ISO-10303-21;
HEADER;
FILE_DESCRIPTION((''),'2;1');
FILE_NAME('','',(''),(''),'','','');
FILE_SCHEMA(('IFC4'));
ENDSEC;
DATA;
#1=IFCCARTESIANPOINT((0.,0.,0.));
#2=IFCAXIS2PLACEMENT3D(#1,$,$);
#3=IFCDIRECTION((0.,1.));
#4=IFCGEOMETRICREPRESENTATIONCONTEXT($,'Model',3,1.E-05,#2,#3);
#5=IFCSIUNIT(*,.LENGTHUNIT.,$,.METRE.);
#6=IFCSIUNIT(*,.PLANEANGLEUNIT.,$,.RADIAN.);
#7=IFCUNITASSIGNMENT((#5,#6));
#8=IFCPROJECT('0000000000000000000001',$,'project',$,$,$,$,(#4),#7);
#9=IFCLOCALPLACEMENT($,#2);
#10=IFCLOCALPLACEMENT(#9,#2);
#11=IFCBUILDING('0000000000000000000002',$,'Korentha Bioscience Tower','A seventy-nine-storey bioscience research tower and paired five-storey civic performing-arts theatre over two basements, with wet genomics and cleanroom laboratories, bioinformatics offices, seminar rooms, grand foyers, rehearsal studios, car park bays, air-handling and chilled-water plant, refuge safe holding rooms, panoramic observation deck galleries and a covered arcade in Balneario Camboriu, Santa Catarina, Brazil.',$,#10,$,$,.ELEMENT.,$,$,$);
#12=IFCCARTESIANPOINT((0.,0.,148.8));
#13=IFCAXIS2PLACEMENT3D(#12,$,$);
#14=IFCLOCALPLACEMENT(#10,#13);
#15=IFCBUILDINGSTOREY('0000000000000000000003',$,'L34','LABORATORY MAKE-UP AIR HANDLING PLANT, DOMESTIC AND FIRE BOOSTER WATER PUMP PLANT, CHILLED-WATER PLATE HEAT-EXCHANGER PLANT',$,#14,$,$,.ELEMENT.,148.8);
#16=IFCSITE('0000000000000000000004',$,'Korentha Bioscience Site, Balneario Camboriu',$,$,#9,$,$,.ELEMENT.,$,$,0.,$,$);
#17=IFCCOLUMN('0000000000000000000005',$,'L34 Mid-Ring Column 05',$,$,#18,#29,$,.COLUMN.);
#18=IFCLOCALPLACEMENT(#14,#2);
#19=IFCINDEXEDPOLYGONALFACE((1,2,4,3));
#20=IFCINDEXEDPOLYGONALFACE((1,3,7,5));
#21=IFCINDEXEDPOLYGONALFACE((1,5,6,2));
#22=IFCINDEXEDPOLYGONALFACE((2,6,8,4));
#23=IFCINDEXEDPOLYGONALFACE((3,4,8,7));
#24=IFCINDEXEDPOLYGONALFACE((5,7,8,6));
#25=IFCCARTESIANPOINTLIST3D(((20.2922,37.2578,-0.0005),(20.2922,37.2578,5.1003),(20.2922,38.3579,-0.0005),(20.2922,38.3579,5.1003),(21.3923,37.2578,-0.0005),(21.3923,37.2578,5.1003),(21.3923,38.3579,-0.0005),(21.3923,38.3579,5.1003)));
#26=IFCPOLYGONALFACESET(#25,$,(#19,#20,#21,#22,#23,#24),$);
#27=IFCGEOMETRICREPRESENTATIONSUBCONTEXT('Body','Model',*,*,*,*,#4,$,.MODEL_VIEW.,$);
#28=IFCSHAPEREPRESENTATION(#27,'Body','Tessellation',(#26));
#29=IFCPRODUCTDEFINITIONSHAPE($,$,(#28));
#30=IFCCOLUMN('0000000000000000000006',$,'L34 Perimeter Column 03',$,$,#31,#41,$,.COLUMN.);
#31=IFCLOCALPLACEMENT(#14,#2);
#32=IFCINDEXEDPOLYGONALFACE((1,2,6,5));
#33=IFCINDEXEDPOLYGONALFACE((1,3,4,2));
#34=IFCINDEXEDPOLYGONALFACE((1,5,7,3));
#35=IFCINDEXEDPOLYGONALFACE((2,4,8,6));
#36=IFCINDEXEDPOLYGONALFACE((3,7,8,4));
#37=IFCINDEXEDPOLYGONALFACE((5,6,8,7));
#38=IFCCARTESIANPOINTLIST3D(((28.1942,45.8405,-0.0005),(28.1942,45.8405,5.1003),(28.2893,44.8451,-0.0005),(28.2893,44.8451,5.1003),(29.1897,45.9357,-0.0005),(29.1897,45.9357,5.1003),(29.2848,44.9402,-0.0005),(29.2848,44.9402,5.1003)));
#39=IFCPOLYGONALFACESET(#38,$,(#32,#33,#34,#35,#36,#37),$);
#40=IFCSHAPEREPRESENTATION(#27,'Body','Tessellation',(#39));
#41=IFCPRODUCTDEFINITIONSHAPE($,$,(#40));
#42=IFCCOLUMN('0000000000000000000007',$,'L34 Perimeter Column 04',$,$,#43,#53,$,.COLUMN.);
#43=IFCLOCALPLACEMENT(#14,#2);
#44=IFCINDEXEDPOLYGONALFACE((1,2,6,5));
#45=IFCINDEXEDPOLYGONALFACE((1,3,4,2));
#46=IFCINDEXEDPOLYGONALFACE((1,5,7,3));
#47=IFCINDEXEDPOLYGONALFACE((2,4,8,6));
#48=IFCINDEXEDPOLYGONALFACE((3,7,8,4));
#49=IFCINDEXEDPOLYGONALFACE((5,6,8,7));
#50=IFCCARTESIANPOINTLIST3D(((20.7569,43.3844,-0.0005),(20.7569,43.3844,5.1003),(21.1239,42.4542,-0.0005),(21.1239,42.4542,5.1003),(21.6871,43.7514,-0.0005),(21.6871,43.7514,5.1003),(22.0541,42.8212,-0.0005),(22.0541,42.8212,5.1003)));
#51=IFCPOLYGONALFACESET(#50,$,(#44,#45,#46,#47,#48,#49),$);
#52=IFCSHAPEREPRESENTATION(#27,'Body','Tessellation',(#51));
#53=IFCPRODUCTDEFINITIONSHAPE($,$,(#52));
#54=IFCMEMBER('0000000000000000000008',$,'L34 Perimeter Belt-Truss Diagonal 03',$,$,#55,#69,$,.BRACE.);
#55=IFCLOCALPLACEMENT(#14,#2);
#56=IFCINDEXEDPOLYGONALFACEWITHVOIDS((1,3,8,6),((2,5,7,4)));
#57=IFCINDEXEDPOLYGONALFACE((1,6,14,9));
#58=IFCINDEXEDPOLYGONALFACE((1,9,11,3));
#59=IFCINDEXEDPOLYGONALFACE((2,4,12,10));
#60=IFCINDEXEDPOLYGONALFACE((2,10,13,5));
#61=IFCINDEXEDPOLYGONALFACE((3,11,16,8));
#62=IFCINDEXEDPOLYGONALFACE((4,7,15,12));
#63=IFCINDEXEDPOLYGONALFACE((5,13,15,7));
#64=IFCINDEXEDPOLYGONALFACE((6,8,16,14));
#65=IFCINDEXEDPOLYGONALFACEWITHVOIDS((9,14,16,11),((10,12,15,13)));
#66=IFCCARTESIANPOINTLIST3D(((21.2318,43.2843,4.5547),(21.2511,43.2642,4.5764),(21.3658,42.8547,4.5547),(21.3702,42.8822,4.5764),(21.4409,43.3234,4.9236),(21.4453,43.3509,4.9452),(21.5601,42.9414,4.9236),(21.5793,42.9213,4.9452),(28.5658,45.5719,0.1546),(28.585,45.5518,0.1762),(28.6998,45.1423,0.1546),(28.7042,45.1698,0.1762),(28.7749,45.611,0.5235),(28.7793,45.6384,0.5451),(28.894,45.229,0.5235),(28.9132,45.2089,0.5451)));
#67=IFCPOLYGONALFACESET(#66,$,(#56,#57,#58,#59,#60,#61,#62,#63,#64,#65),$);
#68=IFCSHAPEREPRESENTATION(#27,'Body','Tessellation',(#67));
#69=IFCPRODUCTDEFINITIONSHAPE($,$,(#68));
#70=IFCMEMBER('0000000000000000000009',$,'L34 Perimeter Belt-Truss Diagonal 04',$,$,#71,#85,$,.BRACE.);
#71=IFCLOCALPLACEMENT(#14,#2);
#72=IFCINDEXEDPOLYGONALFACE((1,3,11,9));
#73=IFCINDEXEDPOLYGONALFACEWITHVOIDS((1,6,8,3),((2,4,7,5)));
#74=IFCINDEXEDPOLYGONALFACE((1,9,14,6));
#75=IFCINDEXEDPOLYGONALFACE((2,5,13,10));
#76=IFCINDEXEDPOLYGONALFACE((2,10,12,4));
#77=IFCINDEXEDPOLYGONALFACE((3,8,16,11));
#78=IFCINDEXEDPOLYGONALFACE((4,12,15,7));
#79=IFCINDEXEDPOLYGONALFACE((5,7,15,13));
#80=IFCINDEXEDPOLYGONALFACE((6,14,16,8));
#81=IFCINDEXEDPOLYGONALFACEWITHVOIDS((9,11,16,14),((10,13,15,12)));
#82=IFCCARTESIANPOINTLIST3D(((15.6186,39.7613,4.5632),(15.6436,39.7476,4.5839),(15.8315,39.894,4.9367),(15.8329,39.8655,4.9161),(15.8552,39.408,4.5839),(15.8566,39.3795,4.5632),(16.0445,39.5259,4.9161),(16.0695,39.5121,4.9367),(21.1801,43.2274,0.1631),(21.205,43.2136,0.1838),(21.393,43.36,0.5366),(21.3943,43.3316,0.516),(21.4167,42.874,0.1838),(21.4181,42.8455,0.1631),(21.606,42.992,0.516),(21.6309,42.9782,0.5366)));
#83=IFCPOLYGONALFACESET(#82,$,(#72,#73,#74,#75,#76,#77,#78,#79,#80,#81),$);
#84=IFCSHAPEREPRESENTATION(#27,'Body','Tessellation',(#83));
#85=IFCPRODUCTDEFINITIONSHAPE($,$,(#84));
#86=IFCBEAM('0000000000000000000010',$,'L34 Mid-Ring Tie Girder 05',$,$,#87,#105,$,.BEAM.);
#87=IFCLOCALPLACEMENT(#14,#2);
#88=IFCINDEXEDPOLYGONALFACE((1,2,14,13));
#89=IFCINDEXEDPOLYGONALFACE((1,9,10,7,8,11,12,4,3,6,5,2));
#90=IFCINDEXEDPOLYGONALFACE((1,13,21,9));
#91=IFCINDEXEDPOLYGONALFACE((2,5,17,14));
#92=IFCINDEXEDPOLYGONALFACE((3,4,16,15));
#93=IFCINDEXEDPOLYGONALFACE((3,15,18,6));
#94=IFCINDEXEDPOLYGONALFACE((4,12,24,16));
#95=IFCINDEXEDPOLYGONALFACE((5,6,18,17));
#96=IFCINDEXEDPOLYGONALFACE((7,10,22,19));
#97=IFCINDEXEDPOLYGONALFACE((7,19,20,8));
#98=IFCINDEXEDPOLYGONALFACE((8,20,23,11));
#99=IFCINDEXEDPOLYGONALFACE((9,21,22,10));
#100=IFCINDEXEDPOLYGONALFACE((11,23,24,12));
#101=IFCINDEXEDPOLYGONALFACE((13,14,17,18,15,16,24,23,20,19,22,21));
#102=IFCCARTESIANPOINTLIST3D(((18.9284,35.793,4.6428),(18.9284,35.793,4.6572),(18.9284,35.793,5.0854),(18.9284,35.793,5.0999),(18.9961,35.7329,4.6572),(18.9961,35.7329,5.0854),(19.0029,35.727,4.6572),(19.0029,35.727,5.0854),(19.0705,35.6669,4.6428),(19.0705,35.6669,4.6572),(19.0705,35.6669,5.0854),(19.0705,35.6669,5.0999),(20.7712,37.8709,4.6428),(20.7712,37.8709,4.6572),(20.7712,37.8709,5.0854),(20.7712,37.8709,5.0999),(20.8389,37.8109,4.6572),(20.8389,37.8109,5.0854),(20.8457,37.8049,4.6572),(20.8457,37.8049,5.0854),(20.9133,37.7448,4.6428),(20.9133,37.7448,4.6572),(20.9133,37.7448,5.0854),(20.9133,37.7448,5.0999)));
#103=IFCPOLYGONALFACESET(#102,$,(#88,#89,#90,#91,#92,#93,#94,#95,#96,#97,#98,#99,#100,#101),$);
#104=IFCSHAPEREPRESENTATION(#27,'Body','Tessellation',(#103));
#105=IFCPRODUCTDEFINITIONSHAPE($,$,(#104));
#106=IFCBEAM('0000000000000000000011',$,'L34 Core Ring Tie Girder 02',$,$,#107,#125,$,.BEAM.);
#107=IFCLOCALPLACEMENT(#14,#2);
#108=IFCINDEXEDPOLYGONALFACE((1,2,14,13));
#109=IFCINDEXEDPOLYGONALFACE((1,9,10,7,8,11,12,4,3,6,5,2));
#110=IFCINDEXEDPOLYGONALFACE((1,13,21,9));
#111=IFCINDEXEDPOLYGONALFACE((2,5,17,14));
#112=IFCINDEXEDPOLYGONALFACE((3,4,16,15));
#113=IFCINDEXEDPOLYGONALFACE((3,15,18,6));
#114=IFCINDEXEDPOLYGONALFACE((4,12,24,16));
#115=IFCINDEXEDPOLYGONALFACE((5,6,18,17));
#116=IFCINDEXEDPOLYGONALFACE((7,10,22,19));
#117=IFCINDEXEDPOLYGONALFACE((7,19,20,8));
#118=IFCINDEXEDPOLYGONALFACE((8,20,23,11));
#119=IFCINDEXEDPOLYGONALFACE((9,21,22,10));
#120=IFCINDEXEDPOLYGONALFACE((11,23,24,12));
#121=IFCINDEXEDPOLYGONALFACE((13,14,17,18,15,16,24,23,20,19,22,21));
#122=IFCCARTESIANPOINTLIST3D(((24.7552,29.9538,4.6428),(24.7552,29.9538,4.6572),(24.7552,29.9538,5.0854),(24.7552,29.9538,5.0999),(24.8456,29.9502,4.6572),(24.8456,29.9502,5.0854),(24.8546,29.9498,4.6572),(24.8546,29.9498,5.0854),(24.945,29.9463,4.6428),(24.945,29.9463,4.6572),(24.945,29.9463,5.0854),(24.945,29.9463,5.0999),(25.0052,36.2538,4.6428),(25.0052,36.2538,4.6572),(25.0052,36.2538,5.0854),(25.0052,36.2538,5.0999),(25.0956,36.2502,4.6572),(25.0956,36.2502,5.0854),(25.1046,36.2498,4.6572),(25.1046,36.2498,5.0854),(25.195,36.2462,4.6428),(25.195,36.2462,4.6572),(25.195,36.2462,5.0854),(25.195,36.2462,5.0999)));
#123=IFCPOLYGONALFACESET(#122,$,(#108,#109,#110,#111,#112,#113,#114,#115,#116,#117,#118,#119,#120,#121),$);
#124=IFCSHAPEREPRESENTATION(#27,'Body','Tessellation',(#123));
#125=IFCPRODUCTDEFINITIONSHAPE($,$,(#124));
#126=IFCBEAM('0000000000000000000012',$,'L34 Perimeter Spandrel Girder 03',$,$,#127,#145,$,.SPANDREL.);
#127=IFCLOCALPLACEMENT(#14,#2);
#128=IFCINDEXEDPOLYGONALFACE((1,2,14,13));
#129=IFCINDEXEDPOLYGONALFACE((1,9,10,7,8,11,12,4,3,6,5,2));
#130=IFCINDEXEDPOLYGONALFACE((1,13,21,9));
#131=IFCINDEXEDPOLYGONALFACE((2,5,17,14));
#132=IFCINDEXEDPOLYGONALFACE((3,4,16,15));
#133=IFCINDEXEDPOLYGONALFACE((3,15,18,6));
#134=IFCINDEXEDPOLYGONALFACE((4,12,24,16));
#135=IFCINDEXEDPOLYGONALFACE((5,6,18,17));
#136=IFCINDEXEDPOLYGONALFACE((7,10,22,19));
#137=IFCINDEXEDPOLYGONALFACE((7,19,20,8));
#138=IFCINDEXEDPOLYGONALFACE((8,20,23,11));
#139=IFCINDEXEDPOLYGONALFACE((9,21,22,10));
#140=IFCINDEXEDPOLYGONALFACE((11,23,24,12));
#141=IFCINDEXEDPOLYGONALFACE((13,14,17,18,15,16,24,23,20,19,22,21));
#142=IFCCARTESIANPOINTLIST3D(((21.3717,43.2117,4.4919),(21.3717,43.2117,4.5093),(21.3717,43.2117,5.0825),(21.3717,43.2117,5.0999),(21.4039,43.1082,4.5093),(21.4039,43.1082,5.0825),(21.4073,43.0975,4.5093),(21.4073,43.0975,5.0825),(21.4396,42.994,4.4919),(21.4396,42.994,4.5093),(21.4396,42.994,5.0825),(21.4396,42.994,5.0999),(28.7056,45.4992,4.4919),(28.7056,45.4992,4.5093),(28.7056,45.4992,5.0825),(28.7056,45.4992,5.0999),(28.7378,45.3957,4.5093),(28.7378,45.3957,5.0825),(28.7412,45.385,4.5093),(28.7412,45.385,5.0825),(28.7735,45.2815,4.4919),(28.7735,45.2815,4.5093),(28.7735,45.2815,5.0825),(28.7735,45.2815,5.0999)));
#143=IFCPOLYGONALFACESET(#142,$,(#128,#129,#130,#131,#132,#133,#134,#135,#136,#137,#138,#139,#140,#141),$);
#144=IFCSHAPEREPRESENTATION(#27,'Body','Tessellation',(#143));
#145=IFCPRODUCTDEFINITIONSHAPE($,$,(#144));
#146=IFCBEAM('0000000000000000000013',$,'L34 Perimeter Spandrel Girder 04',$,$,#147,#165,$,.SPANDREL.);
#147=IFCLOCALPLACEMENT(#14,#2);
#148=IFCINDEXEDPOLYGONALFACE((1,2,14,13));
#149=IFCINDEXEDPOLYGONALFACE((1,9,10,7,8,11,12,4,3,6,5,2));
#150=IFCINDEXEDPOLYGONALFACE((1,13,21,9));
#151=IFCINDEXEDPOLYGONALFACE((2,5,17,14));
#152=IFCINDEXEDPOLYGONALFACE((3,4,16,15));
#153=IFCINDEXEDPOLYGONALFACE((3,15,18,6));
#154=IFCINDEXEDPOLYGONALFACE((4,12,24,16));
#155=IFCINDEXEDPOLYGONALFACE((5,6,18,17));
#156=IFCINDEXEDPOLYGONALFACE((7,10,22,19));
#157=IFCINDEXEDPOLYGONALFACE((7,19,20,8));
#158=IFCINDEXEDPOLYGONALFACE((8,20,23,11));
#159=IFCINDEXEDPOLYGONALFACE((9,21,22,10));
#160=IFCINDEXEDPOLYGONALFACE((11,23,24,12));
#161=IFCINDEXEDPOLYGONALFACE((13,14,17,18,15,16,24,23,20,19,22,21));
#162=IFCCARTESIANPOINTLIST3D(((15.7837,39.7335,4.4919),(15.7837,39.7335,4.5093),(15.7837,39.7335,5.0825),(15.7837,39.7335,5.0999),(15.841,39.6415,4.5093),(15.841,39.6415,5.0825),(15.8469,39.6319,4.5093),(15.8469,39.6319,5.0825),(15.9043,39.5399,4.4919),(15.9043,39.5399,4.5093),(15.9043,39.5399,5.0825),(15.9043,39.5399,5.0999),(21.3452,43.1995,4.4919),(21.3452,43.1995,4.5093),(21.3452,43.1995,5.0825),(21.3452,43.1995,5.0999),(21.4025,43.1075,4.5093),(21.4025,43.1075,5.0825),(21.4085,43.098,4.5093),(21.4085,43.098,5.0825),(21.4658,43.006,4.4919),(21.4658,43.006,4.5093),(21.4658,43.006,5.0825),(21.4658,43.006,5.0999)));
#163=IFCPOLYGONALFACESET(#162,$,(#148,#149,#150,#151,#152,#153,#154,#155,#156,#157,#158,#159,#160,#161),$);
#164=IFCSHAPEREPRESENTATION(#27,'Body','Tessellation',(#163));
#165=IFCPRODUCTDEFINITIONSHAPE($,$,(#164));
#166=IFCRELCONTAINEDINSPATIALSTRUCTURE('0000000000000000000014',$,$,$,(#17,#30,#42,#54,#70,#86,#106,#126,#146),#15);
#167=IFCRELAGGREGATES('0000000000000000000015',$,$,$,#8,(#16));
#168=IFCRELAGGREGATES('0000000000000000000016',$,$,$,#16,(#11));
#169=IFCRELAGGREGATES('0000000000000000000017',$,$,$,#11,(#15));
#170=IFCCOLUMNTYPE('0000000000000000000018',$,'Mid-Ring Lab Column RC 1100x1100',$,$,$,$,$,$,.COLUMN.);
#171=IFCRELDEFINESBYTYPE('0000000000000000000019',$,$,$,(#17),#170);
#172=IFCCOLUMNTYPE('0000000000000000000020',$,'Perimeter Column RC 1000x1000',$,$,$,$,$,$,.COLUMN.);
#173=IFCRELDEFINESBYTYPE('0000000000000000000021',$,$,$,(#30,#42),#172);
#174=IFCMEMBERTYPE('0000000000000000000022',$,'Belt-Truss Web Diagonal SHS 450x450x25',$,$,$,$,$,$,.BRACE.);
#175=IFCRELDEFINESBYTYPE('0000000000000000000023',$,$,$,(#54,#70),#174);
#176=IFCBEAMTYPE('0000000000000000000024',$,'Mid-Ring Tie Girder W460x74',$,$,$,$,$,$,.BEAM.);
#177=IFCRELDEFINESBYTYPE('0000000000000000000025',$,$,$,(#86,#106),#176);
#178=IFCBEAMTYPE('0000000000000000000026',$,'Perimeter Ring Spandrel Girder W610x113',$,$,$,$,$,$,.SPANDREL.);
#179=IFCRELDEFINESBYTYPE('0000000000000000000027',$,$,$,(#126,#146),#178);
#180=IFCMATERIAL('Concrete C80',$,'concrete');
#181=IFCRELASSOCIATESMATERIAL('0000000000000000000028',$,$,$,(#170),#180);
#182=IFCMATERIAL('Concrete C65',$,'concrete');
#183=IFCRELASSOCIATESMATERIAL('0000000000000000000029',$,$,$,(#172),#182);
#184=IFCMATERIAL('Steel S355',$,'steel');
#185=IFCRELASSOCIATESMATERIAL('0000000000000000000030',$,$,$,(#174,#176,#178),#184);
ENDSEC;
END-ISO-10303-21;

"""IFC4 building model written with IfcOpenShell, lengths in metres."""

from ifc_helpers import new_model, si_unit, direction, frame, origin, origin_2d, place, context, subcontext, project, spatial, rectangle, hollow_rectangle, i_section, extrude, material, material_profile, profile_set, type_object, element, save


model = new_model("IFC4")

# Units and contexts
model_context = context("Model", 3, precision=1e-05, world=origin(), true_north=direction((0.0, 1.0)))
body_context = subcontext(model_context, "Body", "Model", "MODEL_VIEW")
ifc_project = project(units=[si_unit("LENGTHUNIT", "METRE"), si_unit("PLANEANGLEUNIT", "RADIAN")], contexts=[model_context])

# Site, building, storey
site_placement = place(None, origin())
site = spatial("IfcSite", under=ifc_project, at=site_placement, Name="Korentha Bioscience Site, Balneario Camboriu", CompositionType="ELEMENT", RefElevation=0.0)
building_placement = place(site_placement, origin())
building = spatial("IfcBuilding", under=site, at=building_placement, Name="Korentha Bioscience Tower", Description="A seventy-nine-storey bioscience research tower and paired five-storey civic performing-arts theatre over two basements, with wet genomics and cleanroom laboratories, bioinformatics offices, seminar rooms, grand foyers, rehearsal studios, car park bays, air-handling and chilled-water plant, refuge safe holding rooms, panoramic observation deck galleries and a covered arcade in Balneario Camboriu, Santa Catarina, Brazil.", CompositionType="ELEMENT")
storey_placement = place(building_placement, frame((0.0, 0.0, 148.8)))
storey = spatial("IfcBuildingStorey", under=building, at=storey_placement, Name="L34", Description="LABORATORY MAKE-UP AIR HANDLING PLANT, DOMESTIC AND FIRE BOOSTER WATER PUMP PLANT, CHILLED-WATER PLATE HEAT-EXCHANGER PLANT", CompositionType="ELEMENT", Elevation=148.8)

# Columns
ifc_material_1 = material(Name="Concrete C80", Category="concrete")
ifc_material_profile_1 = material_profile(ifc_material_1, rectangle(XDim=1.1001, YDim=1.1001, at=origin_2d()), Name="Concrete C80")
ifc_profile_set_1 = profile_set([ifc_material_profile_1], Name="Concrete C80 (COL-MR11)")
column_type_1 = type_object("IfcColumnType", Name="Mid-Ring Lab Column RC 1100x1100", PredefinedType="COLUMN", material=ifc_profile_set_1)
column_placement = place(storey_placement, frame((20.8423, 37.8079, -0.0005), z_axis=(0.0, 0.0, 1.0), x_axis=(1.0, 0.0, 0.0)))
element("IfcColumn", 1, at=column_placement, inside=storey, type_object=column_type_1, Name="L34 Mid-Ring Column 05", PredefinedType="COLUMN", context=body_context, shape_type="SweptSolid", body=[
    extrude(rectangle(XDim=1.1001, YDim=1.1001, at=origin_2d()), origin(), (0.0, 0.0, 1.0), 5.1008),
])
ifc_material_2 = material(Name="Concrete C65", Category="concrete")
ifc_material_profile_2 = material_profile(ifc_material_2, rectangle(XDim=1.0, YDim=1.0, at=origin_2d()), Name="Concrete C65")
ifc_profile_set_2 = profile_set([ifc_material_profile_2], Name="Concrete C65 (COL-P10)")
column_type_2 = type_object("IfcColumnType", Name="Perimeter Column RC 1000x1000", PredefinedType="COLUMN", material=ifc_profile_set_2)
for number, where, z_axis, x_axis, name in (
    (2, (28.7395, 45.3904, -0.0005), (0.0, 0.0, 1.0), (0.995463, 0.095151, 0.0), "L34 Perimeter Column 03"),
    (3, (21.4055, 43.1028, -0.0005), (0.0, 0.0, 1.0), (0.930226, 0.366988, 0.0), "L34 Perimeter Column 04"),
):
    element("IfcColumn", number, at=place(storey_placement, frame(where, z_axis=z_axis, x_axis=x_axis)), inside=storey, type_object=column_type_2, Name=name, PredefinedType="COLUMN", context=body_context, shape_type="SweptSolid", body=[
        extrude(rectangle(XDim=1.0, YDim=1.0, at=origin_2d()), origin(), (0.0, 0.0, 1.0), 5.1008),
    ])

# Members
ifc_material_3 = material(Name="Steel S355", Category="steel")
ifc_material_profile_3 = material_profile(ifc_material_3, hollow_rectangle(XDim=0.45, YDim=0.45, WallThickness=0.0249, at=origin_2d()), Name="Steel S355")
ifc_profile_set_3 = profile_set([ifc_material_profile_3], Name="Steel S355 (BT-D450)")
member_type = type_object("IfcMemberType", Name="Belt-Truss Web Diagonal SHS 450x450x25", PredefinedType="BRACE", material=ifc_profile_set_3)
member_1_placement = place(storey_placement, frame((28.7395, 45.3904, 0.3499), z_axis=(-0.828386, -0.258388, 0.497004), x_axis=(0.297768, -0.954638, 0.0)))
element("IfcMember", 4, at=member_1_placement, inside=storey, type_object=member_type, Name="L34 Perimeter Belt-Truss Diagonal 03", PredefinedType="BRACE", context=body_context, shape_type="SweptSolid", body=[
    extrude(hollow_rectangle(XDim=0.45, YDim=0.45, WallThickness=0.0249, at=origin_2d()), origin(), (0.0, 0.0, 1.0), 8.8533),
])
member_2_placement = place(storey_placement, frame((21.4055, 43.1028, 0.3499), z_axis=(-0.704581, -0.43911, 0.557448), x_axis=(0.528913, -0.848676, 0.0)))
element("IfcMember", 5, at=member_2_placement, inside=storey, type_object=member_type, Name="L34 Perimeter Belt-Truss Diagonal 04", PredefinedType="BRACE", context=body_context, shape_type="SweptSolid", body=[
    extrude(hollow_rectangle(XDim=0.45, YDim=0.45, WallThickness=0.0249, at=origin_2d()), origin(), (0.0, 0.0, 1.0), 7.8933),
])

# Beams
ifc_material_profile_4 = material_profile(ifc_material_3, i_section(OverallWidth=0.1899, OverallDepth=0.457, WebThickness=0.009, FlangeThickness=0.0144, at=origin_2d()), Name="Steel S355")
ifc_profile_set_4 = profile_set([ifc_material_profile_4], Name="Steel S355 (MB-460)")
beam_type_1 = type_object("IfcBeamType", Name="Mid-Ring Tie Girder W460x74", PredefinedType="BEAM", material=ifc_profile_set_4)
beam_1_placement = place(storey_placement, frame((20.8423, 37.8079, 4.8713), z_axis=(-0.663512, -0.748165, 0.0), x_axis=(0.748165, -0.663512, 0.0)))
element("IfcBeam", 6, at=beam_1_placement, inside=storey, type_object=beam_type_1, Name="L34 Mid-Ring Tie Girder 05", PredefinedType="BEAM", context=body_context, shape_type="SweptSolid", body=[
    extrude(i_section(OverallWidth=0.1899, OverallDepth=0.457, WebThickness=0.009, FlangeThickness=0.0144, at=origin_2d()), origin(), (0.0, 0.0, 1.0), 2.7773),
])
beam_2_placement = place(storey_placement, frame((25.1001, 36.25, 4.8713), z_axis=(-0.039651, -0.999214, 0.0), x_axis=(0.999214, -0.039651, 0.0)))
element("IfcBeam", 7, at=beam_2_placement, inside=storey, type_object=beam_type_1, Name="L34 Core Ring Tie Girder 02", PredefinedType="BEAM", context=body_context, shape_type="SweptSolid", body=[
    extrude(i_section(OverallWidth=0.1899, OverallDepth=0.457, WebThickness=0.009, FlangeThickness=0.0144, at=origin_2d()), origin(), (0.0, 0.0, 1.0), 6.3049),
])
ifc_material_profile_5 = material_profile(ifc_material_3, i_section(OverallWidth=0.228, OverallDepth=0.6079, WebThickness=0.0112, FlangeThickness=0.0173, at=origin_2d()), Name="Steel S355")
ifc_profile_set_5 = profile_set([ifc_material_profile_5], Name="Steel S355 (SB-610)")
beam_type_2 = type_object("IfcBeamType", Name="Perimeter Ring Spandrel Girder W610x113", PredefinedType="SPANDREL", material=ifc_profile_set_5)
beam_3_placement = place(storey_placement, frame((28.7395, 45.3904, 4.7959), z_axis=(-0.954638, -0.297768, 0.0), x_axis=(0.297768, -0.954638, 0.0)))
element("IfcBeam", 8, at=beam_3_placement, inside=storey, type_object=beam_type_2, Name="L34 Perimeter Spandrel Girder 03", PredefinedType="SPANDREL", context=body_context, shape_type="SweptSolid", body=[
    extrude(i_section(OverallWidth=0.228, OverallDepth=0.6079, WebThickness=0.0112, FlangeThickness=0.0173, at=origin_2d()), origin(), (0.0, 0.0, 1.0), 7.6824),
])
beam_4_placement = place(storey_placement, frame((21.4055, 43.1028, 4.7959), z_axis=(-0.848676, -0.528913, 0.0), x_axis=(0.528913, -0.848676, 0.0)))
element("IfcBeam", 9, at=beam_4_placement, inside=storey, type_object=beam_type_2, Name="L34 Perimeter Spandrel Girder 04", PredefinedType="SPANDREL", context=body_context, shape_type="SweptSolid", body=[
    extrude(i_section(OverallWidth=0.228, OverallDepth=0.6079, WebThickness=0.0112, FlangeThickness=0.0173, at=origin_2d()), origin(), (0.0, 0.0, 1.0), 6.5532),
])

save(model, "model.ifc")
